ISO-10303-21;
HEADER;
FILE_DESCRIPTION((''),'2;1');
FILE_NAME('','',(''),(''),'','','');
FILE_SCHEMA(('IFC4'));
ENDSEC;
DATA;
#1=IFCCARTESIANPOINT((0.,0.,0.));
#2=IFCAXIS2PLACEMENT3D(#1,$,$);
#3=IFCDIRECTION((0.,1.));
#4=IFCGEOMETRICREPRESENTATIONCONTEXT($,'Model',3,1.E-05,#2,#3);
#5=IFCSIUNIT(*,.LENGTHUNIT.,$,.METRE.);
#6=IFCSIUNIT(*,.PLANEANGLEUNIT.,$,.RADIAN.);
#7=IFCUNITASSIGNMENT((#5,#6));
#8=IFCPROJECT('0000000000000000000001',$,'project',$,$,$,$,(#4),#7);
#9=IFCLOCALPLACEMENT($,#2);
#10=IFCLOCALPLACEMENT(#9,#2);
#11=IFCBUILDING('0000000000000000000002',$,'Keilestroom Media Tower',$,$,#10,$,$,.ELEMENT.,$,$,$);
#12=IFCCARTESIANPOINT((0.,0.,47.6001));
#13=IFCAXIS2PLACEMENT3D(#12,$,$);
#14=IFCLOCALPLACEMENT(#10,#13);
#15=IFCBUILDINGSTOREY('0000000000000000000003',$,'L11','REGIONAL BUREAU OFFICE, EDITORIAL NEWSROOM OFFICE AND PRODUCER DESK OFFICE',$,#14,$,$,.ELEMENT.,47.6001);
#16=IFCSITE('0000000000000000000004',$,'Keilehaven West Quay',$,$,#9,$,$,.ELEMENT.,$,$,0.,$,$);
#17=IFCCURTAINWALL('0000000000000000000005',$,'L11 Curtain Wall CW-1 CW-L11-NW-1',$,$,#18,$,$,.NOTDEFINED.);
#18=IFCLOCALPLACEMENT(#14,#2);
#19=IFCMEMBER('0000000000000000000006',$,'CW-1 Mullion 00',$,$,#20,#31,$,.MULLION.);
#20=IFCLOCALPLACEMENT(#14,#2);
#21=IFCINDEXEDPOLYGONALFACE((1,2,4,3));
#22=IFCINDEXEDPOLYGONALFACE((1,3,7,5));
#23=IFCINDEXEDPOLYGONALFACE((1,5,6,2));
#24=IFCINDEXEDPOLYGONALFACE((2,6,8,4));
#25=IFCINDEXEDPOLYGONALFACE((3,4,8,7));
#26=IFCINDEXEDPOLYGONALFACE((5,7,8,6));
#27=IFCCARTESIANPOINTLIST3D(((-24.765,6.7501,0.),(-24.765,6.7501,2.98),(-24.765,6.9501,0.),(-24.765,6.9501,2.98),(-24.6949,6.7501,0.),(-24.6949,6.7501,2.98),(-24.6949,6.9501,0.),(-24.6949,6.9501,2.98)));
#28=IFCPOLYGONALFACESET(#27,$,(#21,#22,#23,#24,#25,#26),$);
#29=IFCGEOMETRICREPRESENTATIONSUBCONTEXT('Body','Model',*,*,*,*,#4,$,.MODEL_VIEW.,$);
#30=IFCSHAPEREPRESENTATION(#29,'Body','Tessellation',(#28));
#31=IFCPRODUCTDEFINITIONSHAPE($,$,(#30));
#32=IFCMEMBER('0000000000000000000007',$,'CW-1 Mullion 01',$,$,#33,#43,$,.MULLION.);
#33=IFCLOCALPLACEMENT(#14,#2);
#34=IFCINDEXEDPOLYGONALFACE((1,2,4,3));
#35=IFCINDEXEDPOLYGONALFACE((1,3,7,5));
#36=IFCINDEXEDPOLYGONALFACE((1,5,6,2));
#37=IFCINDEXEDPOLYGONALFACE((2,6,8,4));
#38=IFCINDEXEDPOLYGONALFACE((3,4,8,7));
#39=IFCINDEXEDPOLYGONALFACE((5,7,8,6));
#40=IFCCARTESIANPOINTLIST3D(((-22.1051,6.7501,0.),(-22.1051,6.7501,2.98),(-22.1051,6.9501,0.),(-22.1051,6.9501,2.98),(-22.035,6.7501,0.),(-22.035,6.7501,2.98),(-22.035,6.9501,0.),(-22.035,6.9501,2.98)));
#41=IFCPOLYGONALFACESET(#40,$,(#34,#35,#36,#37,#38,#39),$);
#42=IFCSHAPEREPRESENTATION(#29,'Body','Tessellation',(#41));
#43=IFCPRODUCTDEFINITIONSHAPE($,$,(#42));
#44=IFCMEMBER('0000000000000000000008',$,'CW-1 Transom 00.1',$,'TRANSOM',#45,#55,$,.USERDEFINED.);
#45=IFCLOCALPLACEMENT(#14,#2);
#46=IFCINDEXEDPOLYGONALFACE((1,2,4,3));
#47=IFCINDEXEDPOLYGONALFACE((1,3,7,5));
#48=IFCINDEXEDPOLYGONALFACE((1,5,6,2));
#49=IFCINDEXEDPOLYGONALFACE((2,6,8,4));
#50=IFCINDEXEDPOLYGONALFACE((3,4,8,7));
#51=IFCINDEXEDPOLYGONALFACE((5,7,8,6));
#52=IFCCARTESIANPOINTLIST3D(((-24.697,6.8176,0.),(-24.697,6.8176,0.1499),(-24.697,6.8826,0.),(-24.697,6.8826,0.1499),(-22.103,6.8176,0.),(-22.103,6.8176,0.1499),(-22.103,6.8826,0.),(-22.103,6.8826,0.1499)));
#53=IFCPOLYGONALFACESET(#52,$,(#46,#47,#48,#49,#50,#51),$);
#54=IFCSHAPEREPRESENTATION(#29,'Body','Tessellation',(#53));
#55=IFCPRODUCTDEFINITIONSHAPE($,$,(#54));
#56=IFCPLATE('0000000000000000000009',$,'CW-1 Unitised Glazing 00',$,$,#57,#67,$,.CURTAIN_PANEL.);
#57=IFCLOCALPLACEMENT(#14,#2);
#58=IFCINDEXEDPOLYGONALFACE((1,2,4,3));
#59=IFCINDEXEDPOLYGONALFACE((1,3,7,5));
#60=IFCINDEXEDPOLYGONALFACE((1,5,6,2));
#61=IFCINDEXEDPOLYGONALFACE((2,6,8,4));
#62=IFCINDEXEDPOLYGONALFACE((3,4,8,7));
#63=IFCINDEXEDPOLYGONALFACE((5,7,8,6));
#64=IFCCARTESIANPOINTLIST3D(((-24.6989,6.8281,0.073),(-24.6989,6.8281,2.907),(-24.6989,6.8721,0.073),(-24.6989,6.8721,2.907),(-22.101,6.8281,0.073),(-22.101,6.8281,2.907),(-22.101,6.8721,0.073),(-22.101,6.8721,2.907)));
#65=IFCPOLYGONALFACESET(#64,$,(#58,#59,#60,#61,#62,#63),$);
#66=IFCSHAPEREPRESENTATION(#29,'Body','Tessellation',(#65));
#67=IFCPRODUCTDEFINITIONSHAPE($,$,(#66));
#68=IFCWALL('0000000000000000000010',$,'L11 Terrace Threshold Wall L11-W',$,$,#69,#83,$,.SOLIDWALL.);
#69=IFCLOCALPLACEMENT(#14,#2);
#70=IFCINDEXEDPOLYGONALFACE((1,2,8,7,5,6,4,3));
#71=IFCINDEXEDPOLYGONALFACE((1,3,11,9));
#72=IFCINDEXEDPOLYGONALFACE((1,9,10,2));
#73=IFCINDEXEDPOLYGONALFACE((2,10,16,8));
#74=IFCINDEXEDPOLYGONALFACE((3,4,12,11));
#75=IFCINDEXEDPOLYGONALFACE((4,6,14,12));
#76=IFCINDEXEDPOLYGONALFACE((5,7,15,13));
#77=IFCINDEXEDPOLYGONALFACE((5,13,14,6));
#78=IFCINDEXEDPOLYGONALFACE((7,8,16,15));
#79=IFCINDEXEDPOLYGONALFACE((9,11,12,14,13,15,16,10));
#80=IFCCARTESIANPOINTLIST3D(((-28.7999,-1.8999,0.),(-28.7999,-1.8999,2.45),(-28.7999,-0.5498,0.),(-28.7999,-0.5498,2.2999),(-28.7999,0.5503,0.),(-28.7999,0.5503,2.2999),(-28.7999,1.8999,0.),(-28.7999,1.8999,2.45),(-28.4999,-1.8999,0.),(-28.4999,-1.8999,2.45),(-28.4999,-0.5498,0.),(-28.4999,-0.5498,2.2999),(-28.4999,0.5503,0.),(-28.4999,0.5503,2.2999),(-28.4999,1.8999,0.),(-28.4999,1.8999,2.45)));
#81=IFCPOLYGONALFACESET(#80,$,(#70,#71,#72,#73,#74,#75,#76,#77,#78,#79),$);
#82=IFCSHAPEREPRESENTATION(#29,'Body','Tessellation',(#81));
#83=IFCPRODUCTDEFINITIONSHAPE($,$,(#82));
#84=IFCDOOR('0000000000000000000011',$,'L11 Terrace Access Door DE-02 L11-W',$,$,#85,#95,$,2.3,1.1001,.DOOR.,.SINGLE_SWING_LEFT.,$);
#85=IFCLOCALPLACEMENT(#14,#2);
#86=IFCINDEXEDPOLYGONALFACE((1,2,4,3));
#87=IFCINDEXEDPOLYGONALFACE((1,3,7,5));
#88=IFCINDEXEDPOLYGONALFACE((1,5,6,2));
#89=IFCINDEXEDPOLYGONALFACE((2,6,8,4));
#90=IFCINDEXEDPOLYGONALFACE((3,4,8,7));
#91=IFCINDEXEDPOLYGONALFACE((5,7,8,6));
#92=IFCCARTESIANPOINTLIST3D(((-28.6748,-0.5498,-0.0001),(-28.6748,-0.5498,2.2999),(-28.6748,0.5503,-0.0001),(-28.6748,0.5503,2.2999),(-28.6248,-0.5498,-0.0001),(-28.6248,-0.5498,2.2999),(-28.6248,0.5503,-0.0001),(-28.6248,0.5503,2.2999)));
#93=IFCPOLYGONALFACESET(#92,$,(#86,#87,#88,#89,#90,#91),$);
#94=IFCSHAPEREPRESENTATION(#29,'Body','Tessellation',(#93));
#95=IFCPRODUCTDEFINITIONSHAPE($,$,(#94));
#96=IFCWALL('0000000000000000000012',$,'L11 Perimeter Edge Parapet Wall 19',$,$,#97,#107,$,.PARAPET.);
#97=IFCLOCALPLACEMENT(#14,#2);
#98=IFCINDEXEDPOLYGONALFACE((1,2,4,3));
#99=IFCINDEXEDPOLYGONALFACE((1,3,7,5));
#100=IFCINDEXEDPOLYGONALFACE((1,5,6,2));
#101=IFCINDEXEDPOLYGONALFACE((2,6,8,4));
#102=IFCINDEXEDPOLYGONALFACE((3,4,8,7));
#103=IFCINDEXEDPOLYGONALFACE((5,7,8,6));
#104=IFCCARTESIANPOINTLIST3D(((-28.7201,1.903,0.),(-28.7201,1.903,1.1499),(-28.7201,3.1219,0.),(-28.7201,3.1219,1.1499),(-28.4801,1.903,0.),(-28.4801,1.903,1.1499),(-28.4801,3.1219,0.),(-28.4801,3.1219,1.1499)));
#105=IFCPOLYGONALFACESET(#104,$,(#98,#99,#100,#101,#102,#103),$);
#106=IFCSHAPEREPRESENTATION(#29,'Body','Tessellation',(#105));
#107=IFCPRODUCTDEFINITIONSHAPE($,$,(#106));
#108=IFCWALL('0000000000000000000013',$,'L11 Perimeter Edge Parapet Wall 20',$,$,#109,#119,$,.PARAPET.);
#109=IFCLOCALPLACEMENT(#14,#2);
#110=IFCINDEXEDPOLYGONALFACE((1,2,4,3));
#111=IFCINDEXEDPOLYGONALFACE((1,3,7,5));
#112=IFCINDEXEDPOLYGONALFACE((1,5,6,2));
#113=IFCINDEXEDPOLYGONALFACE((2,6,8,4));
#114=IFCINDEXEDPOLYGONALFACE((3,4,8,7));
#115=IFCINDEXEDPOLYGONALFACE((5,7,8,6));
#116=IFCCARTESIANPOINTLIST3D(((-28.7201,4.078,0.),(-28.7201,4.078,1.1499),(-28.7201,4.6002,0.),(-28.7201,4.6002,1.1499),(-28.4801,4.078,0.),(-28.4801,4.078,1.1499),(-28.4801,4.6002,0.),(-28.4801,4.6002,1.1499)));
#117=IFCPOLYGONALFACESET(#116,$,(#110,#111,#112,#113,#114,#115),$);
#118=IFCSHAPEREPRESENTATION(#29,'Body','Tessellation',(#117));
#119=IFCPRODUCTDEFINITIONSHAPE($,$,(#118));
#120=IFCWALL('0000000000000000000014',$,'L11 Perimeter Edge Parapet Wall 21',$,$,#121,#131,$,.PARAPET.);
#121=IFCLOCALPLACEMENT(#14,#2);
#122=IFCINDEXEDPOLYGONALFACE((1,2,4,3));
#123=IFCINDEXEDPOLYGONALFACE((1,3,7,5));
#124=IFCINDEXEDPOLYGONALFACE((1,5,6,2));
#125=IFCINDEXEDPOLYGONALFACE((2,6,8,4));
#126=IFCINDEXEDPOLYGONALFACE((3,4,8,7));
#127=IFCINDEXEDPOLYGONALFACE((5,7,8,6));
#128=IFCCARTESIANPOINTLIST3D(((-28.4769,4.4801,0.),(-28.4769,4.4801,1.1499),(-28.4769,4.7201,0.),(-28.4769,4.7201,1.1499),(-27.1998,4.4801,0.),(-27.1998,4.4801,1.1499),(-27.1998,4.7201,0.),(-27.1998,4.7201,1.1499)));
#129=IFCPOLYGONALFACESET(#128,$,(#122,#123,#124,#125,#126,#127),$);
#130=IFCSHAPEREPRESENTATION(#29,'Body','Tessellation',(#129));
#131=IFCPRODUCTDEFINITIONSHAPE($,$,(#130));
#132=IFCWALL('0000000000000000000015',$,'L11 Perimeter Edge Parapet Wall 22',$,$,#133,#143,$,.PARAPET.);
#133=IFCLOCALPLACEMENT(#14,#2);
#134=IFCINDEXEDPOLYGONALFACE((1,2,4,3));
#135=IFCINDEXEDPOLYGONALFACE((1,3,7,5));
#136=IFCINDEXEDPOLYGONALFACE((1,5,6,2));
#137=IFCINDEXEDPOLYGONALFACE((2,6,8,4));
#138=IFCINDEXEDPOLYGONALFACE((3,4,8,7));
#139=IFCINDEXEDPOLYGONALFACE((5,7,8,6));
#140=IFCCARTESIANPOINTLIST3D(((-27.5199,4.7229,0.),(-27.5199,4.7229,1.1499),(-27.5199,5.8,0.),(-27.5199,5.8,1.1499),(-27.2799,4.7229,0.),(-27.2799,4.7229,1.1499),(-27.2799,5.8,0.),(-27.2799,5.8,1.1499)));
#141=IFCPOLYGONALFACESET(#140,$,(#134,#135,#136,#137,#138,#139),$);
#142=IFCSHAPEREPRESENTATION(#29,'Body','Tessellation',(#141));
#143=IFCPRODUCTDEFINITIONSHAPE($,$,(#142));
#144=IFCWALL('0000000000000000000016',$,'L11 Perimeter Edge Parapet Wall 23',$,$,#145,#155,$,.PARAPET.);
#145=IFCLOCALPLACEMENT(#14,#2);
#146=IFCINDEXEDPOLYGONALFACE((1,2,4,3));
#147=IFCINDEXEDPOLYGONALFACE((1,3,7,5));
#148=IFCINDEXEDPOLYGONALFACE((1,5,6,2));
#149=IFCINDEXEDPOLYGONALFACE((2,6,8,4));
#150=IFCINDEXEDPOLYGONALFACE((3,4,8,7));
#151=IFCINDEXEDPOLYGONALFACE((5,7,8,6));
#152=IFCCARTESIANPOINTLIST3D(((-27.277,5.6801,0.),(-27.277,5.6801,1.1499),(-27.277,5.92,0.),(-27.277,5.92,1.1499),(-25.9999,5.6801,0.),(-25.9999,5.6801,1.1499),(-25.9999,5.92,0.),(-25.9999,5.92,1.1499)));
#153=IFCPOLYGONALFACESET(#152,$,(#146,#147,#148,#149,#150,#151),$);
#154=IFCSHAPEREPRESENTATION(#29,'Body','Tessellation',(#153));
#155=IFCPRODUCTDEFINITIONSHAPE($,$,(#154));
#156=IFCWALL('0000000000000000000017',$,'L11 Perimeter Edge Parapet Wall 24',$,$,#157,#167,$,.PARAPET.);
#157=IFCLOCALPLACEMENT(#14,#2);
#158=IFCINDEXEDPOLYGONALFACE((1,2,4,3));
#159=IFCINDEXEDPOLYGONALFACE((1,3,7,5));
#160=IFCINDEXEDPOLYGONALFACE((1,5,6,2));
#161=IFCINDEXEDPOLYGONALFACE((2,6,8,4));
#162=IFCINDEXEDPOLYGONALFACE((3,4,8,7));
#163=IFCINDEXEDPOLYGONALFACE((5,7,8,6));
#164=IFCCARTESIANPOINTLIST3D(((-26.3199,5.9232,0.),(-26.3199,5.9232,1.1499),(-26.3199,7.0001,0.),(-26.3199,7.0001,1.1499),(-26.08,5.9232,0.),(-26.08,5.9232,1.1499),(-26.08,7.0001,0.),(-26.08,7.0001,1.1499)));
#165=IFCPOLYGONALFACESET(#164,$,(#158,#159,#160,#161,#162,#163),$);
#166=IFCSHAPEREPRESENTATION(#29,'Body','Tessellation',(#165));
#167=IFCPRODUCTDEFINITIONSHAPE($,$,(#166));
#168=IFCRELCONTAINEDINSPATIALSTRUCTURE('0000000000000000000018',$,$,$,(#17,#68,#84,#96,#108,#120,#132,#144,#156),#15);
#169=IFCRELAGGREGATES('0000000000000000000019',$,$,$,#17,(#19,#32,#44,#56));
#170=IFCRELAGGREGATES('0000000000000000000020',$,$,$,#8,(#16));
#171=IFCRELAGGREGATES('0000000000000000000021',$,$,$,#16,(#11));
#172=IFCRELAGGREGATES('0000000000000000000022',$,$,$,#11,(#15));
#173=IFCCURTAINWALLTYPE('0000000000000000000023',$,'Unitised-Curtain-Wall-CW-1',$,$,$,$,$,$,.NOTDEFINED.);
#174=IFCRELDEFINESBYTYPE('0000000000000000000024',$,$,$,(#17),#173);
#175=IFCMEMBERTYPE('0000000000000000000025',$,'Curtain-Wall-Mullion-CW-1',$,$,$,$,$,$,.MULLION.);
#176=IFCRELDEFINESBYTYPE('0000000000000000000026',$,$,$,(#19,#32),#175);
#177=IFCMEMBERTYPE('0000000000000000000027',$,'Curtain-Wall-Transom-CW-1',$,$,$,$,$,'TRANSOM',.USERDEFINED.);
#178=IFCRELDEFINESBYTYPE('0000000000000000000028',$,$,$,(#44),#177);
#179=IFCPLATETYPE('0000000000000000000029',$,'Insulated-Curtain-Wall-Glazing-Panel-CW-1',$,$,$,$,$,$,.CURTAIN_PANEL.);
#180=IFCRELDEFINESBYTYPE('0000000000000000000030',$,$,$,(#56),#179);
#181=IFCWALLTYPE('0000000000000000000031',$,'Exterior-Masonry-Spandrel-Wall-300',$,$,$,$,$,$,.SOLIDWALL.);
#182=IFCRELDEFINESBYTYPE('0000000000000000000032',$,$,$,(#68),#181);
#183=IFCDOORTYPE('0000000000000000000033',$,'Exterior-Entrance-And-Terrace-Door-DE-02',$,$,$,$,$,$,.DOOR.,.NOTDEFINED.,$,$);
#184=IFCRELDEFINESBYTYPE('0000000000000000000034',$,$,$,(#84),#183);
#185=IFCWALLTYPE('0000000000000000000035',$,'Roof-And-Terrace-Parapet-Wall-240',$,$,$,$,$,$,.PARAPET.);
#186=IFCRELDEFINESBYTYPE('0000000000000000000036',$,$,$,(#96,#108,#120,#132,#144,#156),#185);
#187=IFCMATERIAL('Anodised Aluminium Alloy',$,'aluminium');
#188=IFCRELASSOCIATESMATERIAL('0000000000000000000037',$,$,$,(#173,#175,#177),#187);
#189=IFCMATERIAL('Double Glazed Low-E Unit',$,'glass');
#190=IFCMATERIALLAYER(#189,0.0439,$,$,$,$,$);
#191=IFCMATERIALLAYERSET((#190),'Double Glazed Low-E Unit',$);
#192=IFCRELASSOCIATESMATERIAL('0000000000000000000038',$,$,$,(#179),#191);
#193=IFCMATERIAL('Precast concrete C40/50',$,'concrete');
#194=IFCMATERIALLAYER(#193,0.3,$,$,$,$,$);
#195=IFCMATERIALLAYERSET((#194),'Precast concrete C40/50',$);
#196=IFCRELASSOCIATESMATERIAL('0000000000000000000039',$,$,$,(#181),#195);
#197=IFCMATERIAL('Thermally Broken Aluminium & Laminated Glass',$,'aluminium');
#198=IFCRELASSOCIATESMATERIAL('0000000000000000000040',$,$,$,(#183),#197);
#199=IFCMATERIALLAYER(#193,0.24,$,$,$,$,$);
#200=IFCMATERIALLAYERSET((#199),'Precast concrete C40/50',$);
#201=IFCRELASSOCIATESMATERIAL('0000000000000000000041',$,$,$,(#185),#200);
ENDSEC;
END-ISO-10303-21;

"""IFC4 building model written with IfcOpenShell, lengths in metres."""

from ifc_helpers import new_model, si_unit, direction, frame, frame_2d, origin, origin_2d, place, context, subcontext, project, spatial, rectangle, extrude, source, transform, mapped, material, layer, layer_set, material_profile, profile_set, type_object, element, fill, aggregate, save


model = new_model("IFC4")

# Units and contexts
model_context = context("Model", 3, precision=1e-05, world=origin(), true_north=direction((0.0, 1.0)))
body_context = subcontext(model_context, "Body", "Model", "MODEL_VIEW")
ifc_project = project(units=[si_unit("LENGTHUNIT", "METRE"), si_unit("PLANEANGLEUNIT", "RADIAN")], contexts=[model_context])

# Site, building, storey
site_placement = place(None, origin())
site = spatial("IfcSite", under=ifc_project, at=site_placement, Name="Keilehaven West Quay", CompositionType="ELEMENT", RefElevation=0.0)
building_placement = place(site_placement, origin())
building = spatial("IfcBuilding", under=site, at=building_placement, Name="Keilestroom Media Tower", CompositionType="ELEMENT")
storey_placement = place(building_placement, frame((0.0, 0.0, 47.6001)))
storey = spatial("IfcBuildingStorey", under=building, at=storey_placement, Name="L11", Description="REGIONAL BUREAU OFFICE, EDITORIAL NEWSROOM OFFICE AND PRODUCER DESK OFFICE", CompositionType="ELEMENT", Elevation=47.6001)

# Shared definitions
ifc_material_1 = material(Name="Precast concrete C40/50", Category="concrete")

# Curtain wall, members, plate
ifc_material_2 = material(Name="Anodised Aluminium Alloy", Category="aluminium")
curtain_wall_type = type_object("IfcCurtainWallType", Name="Unitised-Curtain-Wall-CW-1", PredefinedType="NOTDEFINED", material=ifc_material_2)
curtain_wall_placement = place(storey_placement, origin())
curtain_wall = element("IfcCurtainWall", 1, at=curtain_wall_placement, inside=storey, type_object=curtain_wall_type, Name="L11 Curtain Wall CW-1 CW-L11-NW-1", PredefinedType="NOTDEFINED")
ifc_material_profile_1 = material_profile(ifc_material_2, rectangle(XDim=0.0701, YDim=0.2, at=origin_2d()), Name="ALU MULLION 70x200")
ifc_profile_set_1 = profile_set([ifc_material_profile_1], Name="Anodised Aluminium Alloy")
member_type_1 = type_object("IfcMemberType", Name="Curtain-Wall-Mullion-CW-1", PredefinedType="MULLION", material=ifc_profile_set_1)
shared_shape_1 = source(origin(), body_context, "Body", "SweptSolid", [
    extrude(rectangle(XDim=0.0701, YDim=0.2, at=origin_2d()), origin(), (0.0, 0.0, 1.0), 2.98),
])
member_1_placement = place(storey_placement, frame((-24.73, 6.8501, 0.0), z_axis=(0.0, 0.0, 1.0), x_axis=(1.0, 0.0, 0.0)))
member_1 = element("IfcMember", 2, at=member_1_placement, type_object=member_type_1, Name="CW-1 Mullion 00", PredefinedType="MULLION", context=body_context, shape_type="MappedRepresentation", body=[
    mapped(shared_shape_1, transform((0.0, 0.0, 0.0), x_axis=(1.0, 0.0, 0.0), y_axis=(0.0, 1.0, 0.0), z_axis=(0.0, 0.0, 1.0), scale=1.0)),
])
member_2_placement = place(storey_placement, frame((-22.0701, 6.8501, 0.0), z_axis=(0.0, 0.0, 1.0), x_axis=(1.0, 0.0, 0.0)))
member_2 = element("IfcMember", 3, at=member_2_placement, type_object=member_type_1, Name="CW-1 Mullion 01", PredefinedType="MULLION", context=body_context, shape_type="MappedRepresentation", body=[
    mapped(shared_shape_1, transform((0.0, 0.0, 0.0), x_axis=(1.0, 0.0, 0.0), y_axis=(0.0, 1.0, 0.0), z_axis=(0.0, 0.0, 1.0), scale=1.0)),
])
ifc_material_profile_2 = material_profile(ifc_material_2, rectangle(XDim=0.0649, YDim=0.1499, at=origin_2d()), Name="ALU TRANSOM 65x150")
ifc_profile_set_2 = profile_set([ifc_material_profile_2], Name="Anodised Aluminium Alloy")
member_type_2 = type_object("IfcMemberType", Name="Curtain-Wall-Transom-CW-1", ElementType="TRANSOM", PredefinedType="USERDEFINED", material=ifc_profile_set_2)
shared_shape_2 = source(origin(), body_context, "Body", "SweptSolid", [
    extrude(rectangle(XDim=0.0649, YDim=0.1499, at=origin_2d()), origin(), (0.0, 0.0, 1.0), 2.594),
])
member_3_placement = place(storey_placement, frame((-24.697, 6.8501, 0.075), z_axis=(1.0, 0.0, 0.0), x_axis=(0.0, 1.0, 0.0)))
member_3 = element("IfcMember", 4, at=member_3_placement, type_object=member_type_2, Name="CW-1 Transom 00.1", ObjectType="TRANSOM", PredefinedType="USERDEFINED", context=body_context, shape_type="MappedRepresentation", body=[
    mapped(shared_shape_2, transform((0.0, 0.0, 0.0), x_axis=(1.0, 0.0, 0.0), y_axis=(0.0, 1.0, 0.0), z_axis=(0.0, 0.0, 1.0), scale=1.0)),
])
ifc_material_3 = material(Name="Double Glazed Low-E Unit", Category="glass")
ifc_layer_1 = layer(ifc_material_3, 0.0439)
ifc_layer_set_1 = layer_set([ifc_layer_1], Name="Double Glazed Low-E Unit")
plate_type = type_object("IfcPlateType", Name="Insulated-Curtain-Wall-Glazing-Panel-CW-1", PredefinedType="CURTAIN_PANEL", material=ifc_layer_set_1)
shared_shape_3 = source(origin(), body_context, "Body", "SweptSolid", [
    extrude(rectangle(XDim=2.5979, YDim=0.0439, at=origin_2d()), origin(), (0.0, 0.0, 1.0), 2.834),
])
plate_placement = place(storey_placement, frame((-23.3999, 6.8501, 0.073), z_axis=(0.0, 0.0, 1.0), x_axis=(1.0, 0.0, 0.0)))
plate = element("IfcPlate", 5, at=plate_placement, type_object=plate_type, Name="CW-1 Unitised Glazing 00", PredefinedType="CURTAIN_PANEL", context=body_context, shape_type="MappedRepresentation", body=[
    mapped(shared_shape_3, transform((0.0, 0.0, 0.0), x_axis=(1.0, 0.0, 0.0), y_axis=(0.0, 1.0, 0.0), z_axis=(0.0, 0.0, 1.0), scale=1.0)),
])
aggregate(curtain_wall, [member_1, member_2, member_3, plate])

# Wall, opening, door
ifc_layer_2 = layer(ifc_material_1, 0.3)
ifc_layer_set_2 = layer_set([ifc_layer_2], Name="Precast concrete C40/50")
wall_type_1 = type_object("IfcWallType", Name="Exterior-Masonry-Spandrel-Wall-300", PredefinedType="SOLIDWALL", material=ifc_layer_set_2)
wall_1_placement = place(storey_placement, frame((-28.6499, -1.8999, 0.0), z_axis=(0.0, 0.0, 1.0), x_axis=(0.0, 1.0, 0.0)))
wall_1 = element("IfcWall", 6, at=wall_1_placement, inside=storey, type_object=wall_type_1, Name="L11 Terrace Threshold Wall L11-W", PredefinedType="SOLIDWALL", context=body_context, shape_type="SweptSolid", body=[
    extrude(rectangle(XDim=3.7998, YDim=0.3, at=frame_2d((1.8999, 0.0))), origin(), (0.0, 0.0, 1.0), 2.45),
])
opening_placement = place(wall_1_placement, frame((1.3501, 0.0, 0.0)))
opening = element("IfcOpeningElement", 7, at=opening_placement, cuts=wall_1, PredefinedType="OPENING", context=body_context, shape_type="SweptSolid", body=[
    extrude(rectangle(XDim=1.1001, YDim=2.3, at=frame_2d((0.55, 1.1499))), frame((0.0, 0.1602, 0.0), z_axis=(0.0, -1.0, 0.0), x_axis=(1.0, 0.0, 0.0)), (0.0, 0.0, 1.0), 0.3201),
])
ifc_material_4 = material(Name="Thermally Broken Aluminium & Laminated Glass", Category="aluminium")
door_type = type_object("IfcDoorType", Name="Exterior-Entrance-And-Terrace-Door-DE-02", OperationType="NOTDEFINED", PredefinedType="DOOR", material=ifc_material_4)
shared_shape_4 = source(origin(), body_context, "Body", "SweptSolid", [
    extrude(rectangle(XDim=1.1001, YDim=2.3, at=frame_2d((0.55, 1.1499))), frame((0.0, 0.0249, 0.0), z_axis=(0.0, -1.0, 0.0), x_axis=(1.0, 0.0, 0.0)), (0.0, 0.0, 1.0), 0.05),
])
door_placement = place(opening_placement, origin())
door = element("IfcDoor", 8, at=door_placement, inside=storey, type_object=door_type, Name="L11 Terrace Access Door DE-02 L11-W", OperationType="SINGLE_SWING_LEFT", OverallHeight=2.3, OverallWidth=1.1001, PredefinedType="DOOR", context=body_context, shape_type="MappedRepresentation", body=[
    mapped(shared_shape_4, transform((0.0, 0.0, 0.0), x_axis=(1.0, 0.0, 0.0), y_axis=(0.0, 1.0, 0.0), z_axis=(0.0, 0.0, 1.0), scale=1.0)),
])
fill(opening, door)

# Walls
ifc_layer_3 = layer(ifc_material_1, 0.24)
ifc_layer_set_3 = layer_set([ifc_layer_3], Name="Precast concrete C40/50")
wall_type_2 = type_object("IfcWallType", Name="Roof-And-Terrace-Parapet-Wall-240", PredefinedType="PARAPET", material=ifc_layer_set_3)
wall_2_placement = place(storey_placement, frame((-28.6001, 1.9031, 0.0), z_axis=(0.0, 0.0, 1.0), x_axis=(0.0, 1.0, 0.0)))
element("IfcWall", 9, at=wall_2_placement, inside=storey, type_object=wall_type_2, Name="L11 Perimeter Edge Parapet Wall 19", PredefinedType="PARAPET", context=body_context, shape_type="SweptSolid", body=[
    extrude(rectangle(XDim=1.219, YDim=0.24, at=frame_2d((0.6094, 0.0))), origin(), (0.0, 0.0, 1.0), 1.1499),
])
wall_3_placement = place(storey_placement, frame((-28.6001, 4.0779, 0.0), z_axis=(0.0, 0.0, 1.0), x_axis=(0.0, 1.0, 0.0)))
element("IfcWall", 10, at=wall_3_placement, inside=storey, type_object=wall_type_2, Name="L11 Perimeter Edge Parapet Wall 20", PredefinedType="PARAPET", context=body_context, shape_type="SweptSolid", body=[
    extrude(rectangle(XDim=0.5222, YDim=0.24, at=frame_2d((0.2612, 0.0))), origin(), (0.0, 0.0, 1.0), 1.1499),
])
wall_4_placement = place(storey_placement, frame((-28.4771, 4.6001, 0.0), z_axis=(0.0, 0.0, 1.0), x_axis=(1.0, 0.0, 0.0)))
element("IfcWall", 11, at=wall_4_placement, inside=storey, type_object=wall_type_2, Name="L11 Perimeter Edge Parapet Wall 21", PredefinedType="PARAPET", context=body_context, shape_type="SweptSolid", body=[
    extrude(rectangle(XDim=1.2771, YDim=0.24, at=frame_2d((0.6387, 0.0))), origin(), (0.0, 0.0, 1.0), 1.1499),
])
wall_5_placement = place(storey_placement, frame((-27.3999, 4.7229, 0.0), z_axis=(0.0, 0.0, 1.0), x_axis=(0.0, 1.0, 0.0)))
element("IfcWall", 12, at=wall_5_placement, inside=storey, type_object=wall_type_2, Name="L11 Perimeter Edge Parapet Wall 22", PredefinedType="PARAPET", context=body_context, shape_type="SweptSolid", body=[
    extrude(rectangle(XDim=1.0771, YDim=0.24, at=frame_2d((0.5386, 0.0))), origin(), (0.0, 0.0, 1.0), 1.1499),
])
wall_6_placement = place(storey_placement, frame((-27.2771, 5.8, 0.0), z_axis=(0.0, 0.0, 1.0), x_axis=(1.0, 0.0, 0.0)))
element("IfcWall", 13, at=wall_6_placement, inside=storey, type_object=wall_type_2, Name="L11 Perimeter Edge Parapet Wall 23", PredefinedType="PARAPET", context=body_context, shape_type="SweptSolid", body=[
    extrude(rectangle(XDim=1.2771, YDim=0.24, at=frame_2d((0.6387, 0.0))), origin(), (0.0, 0.0, 1.0), 1.1499),
])
wall_7_placement = place(storey_placement, frame((-26.2, 5.9231, 0.0), z_axis=(0.0, 0.0, 1.0), x_axis=(0.0, 1.0, 0.0)))
element("IfcWall", 14, at=wall_7_placement, inside=storey, type_object=wall_type_2, Name="L11 Perimeter Edge Parapet Wall 24", PredefinedType="PARAPET", context=body_context, shape_type="SweptSolid", body=[
    extrude(rectangle(XDim=1.0769, YDim=0.24, at=frame_2d((0.5386, 0.0))), origin(), (0.0, 0.0, 1.0), 1.1499),
])

save(model, "model.ifc")
